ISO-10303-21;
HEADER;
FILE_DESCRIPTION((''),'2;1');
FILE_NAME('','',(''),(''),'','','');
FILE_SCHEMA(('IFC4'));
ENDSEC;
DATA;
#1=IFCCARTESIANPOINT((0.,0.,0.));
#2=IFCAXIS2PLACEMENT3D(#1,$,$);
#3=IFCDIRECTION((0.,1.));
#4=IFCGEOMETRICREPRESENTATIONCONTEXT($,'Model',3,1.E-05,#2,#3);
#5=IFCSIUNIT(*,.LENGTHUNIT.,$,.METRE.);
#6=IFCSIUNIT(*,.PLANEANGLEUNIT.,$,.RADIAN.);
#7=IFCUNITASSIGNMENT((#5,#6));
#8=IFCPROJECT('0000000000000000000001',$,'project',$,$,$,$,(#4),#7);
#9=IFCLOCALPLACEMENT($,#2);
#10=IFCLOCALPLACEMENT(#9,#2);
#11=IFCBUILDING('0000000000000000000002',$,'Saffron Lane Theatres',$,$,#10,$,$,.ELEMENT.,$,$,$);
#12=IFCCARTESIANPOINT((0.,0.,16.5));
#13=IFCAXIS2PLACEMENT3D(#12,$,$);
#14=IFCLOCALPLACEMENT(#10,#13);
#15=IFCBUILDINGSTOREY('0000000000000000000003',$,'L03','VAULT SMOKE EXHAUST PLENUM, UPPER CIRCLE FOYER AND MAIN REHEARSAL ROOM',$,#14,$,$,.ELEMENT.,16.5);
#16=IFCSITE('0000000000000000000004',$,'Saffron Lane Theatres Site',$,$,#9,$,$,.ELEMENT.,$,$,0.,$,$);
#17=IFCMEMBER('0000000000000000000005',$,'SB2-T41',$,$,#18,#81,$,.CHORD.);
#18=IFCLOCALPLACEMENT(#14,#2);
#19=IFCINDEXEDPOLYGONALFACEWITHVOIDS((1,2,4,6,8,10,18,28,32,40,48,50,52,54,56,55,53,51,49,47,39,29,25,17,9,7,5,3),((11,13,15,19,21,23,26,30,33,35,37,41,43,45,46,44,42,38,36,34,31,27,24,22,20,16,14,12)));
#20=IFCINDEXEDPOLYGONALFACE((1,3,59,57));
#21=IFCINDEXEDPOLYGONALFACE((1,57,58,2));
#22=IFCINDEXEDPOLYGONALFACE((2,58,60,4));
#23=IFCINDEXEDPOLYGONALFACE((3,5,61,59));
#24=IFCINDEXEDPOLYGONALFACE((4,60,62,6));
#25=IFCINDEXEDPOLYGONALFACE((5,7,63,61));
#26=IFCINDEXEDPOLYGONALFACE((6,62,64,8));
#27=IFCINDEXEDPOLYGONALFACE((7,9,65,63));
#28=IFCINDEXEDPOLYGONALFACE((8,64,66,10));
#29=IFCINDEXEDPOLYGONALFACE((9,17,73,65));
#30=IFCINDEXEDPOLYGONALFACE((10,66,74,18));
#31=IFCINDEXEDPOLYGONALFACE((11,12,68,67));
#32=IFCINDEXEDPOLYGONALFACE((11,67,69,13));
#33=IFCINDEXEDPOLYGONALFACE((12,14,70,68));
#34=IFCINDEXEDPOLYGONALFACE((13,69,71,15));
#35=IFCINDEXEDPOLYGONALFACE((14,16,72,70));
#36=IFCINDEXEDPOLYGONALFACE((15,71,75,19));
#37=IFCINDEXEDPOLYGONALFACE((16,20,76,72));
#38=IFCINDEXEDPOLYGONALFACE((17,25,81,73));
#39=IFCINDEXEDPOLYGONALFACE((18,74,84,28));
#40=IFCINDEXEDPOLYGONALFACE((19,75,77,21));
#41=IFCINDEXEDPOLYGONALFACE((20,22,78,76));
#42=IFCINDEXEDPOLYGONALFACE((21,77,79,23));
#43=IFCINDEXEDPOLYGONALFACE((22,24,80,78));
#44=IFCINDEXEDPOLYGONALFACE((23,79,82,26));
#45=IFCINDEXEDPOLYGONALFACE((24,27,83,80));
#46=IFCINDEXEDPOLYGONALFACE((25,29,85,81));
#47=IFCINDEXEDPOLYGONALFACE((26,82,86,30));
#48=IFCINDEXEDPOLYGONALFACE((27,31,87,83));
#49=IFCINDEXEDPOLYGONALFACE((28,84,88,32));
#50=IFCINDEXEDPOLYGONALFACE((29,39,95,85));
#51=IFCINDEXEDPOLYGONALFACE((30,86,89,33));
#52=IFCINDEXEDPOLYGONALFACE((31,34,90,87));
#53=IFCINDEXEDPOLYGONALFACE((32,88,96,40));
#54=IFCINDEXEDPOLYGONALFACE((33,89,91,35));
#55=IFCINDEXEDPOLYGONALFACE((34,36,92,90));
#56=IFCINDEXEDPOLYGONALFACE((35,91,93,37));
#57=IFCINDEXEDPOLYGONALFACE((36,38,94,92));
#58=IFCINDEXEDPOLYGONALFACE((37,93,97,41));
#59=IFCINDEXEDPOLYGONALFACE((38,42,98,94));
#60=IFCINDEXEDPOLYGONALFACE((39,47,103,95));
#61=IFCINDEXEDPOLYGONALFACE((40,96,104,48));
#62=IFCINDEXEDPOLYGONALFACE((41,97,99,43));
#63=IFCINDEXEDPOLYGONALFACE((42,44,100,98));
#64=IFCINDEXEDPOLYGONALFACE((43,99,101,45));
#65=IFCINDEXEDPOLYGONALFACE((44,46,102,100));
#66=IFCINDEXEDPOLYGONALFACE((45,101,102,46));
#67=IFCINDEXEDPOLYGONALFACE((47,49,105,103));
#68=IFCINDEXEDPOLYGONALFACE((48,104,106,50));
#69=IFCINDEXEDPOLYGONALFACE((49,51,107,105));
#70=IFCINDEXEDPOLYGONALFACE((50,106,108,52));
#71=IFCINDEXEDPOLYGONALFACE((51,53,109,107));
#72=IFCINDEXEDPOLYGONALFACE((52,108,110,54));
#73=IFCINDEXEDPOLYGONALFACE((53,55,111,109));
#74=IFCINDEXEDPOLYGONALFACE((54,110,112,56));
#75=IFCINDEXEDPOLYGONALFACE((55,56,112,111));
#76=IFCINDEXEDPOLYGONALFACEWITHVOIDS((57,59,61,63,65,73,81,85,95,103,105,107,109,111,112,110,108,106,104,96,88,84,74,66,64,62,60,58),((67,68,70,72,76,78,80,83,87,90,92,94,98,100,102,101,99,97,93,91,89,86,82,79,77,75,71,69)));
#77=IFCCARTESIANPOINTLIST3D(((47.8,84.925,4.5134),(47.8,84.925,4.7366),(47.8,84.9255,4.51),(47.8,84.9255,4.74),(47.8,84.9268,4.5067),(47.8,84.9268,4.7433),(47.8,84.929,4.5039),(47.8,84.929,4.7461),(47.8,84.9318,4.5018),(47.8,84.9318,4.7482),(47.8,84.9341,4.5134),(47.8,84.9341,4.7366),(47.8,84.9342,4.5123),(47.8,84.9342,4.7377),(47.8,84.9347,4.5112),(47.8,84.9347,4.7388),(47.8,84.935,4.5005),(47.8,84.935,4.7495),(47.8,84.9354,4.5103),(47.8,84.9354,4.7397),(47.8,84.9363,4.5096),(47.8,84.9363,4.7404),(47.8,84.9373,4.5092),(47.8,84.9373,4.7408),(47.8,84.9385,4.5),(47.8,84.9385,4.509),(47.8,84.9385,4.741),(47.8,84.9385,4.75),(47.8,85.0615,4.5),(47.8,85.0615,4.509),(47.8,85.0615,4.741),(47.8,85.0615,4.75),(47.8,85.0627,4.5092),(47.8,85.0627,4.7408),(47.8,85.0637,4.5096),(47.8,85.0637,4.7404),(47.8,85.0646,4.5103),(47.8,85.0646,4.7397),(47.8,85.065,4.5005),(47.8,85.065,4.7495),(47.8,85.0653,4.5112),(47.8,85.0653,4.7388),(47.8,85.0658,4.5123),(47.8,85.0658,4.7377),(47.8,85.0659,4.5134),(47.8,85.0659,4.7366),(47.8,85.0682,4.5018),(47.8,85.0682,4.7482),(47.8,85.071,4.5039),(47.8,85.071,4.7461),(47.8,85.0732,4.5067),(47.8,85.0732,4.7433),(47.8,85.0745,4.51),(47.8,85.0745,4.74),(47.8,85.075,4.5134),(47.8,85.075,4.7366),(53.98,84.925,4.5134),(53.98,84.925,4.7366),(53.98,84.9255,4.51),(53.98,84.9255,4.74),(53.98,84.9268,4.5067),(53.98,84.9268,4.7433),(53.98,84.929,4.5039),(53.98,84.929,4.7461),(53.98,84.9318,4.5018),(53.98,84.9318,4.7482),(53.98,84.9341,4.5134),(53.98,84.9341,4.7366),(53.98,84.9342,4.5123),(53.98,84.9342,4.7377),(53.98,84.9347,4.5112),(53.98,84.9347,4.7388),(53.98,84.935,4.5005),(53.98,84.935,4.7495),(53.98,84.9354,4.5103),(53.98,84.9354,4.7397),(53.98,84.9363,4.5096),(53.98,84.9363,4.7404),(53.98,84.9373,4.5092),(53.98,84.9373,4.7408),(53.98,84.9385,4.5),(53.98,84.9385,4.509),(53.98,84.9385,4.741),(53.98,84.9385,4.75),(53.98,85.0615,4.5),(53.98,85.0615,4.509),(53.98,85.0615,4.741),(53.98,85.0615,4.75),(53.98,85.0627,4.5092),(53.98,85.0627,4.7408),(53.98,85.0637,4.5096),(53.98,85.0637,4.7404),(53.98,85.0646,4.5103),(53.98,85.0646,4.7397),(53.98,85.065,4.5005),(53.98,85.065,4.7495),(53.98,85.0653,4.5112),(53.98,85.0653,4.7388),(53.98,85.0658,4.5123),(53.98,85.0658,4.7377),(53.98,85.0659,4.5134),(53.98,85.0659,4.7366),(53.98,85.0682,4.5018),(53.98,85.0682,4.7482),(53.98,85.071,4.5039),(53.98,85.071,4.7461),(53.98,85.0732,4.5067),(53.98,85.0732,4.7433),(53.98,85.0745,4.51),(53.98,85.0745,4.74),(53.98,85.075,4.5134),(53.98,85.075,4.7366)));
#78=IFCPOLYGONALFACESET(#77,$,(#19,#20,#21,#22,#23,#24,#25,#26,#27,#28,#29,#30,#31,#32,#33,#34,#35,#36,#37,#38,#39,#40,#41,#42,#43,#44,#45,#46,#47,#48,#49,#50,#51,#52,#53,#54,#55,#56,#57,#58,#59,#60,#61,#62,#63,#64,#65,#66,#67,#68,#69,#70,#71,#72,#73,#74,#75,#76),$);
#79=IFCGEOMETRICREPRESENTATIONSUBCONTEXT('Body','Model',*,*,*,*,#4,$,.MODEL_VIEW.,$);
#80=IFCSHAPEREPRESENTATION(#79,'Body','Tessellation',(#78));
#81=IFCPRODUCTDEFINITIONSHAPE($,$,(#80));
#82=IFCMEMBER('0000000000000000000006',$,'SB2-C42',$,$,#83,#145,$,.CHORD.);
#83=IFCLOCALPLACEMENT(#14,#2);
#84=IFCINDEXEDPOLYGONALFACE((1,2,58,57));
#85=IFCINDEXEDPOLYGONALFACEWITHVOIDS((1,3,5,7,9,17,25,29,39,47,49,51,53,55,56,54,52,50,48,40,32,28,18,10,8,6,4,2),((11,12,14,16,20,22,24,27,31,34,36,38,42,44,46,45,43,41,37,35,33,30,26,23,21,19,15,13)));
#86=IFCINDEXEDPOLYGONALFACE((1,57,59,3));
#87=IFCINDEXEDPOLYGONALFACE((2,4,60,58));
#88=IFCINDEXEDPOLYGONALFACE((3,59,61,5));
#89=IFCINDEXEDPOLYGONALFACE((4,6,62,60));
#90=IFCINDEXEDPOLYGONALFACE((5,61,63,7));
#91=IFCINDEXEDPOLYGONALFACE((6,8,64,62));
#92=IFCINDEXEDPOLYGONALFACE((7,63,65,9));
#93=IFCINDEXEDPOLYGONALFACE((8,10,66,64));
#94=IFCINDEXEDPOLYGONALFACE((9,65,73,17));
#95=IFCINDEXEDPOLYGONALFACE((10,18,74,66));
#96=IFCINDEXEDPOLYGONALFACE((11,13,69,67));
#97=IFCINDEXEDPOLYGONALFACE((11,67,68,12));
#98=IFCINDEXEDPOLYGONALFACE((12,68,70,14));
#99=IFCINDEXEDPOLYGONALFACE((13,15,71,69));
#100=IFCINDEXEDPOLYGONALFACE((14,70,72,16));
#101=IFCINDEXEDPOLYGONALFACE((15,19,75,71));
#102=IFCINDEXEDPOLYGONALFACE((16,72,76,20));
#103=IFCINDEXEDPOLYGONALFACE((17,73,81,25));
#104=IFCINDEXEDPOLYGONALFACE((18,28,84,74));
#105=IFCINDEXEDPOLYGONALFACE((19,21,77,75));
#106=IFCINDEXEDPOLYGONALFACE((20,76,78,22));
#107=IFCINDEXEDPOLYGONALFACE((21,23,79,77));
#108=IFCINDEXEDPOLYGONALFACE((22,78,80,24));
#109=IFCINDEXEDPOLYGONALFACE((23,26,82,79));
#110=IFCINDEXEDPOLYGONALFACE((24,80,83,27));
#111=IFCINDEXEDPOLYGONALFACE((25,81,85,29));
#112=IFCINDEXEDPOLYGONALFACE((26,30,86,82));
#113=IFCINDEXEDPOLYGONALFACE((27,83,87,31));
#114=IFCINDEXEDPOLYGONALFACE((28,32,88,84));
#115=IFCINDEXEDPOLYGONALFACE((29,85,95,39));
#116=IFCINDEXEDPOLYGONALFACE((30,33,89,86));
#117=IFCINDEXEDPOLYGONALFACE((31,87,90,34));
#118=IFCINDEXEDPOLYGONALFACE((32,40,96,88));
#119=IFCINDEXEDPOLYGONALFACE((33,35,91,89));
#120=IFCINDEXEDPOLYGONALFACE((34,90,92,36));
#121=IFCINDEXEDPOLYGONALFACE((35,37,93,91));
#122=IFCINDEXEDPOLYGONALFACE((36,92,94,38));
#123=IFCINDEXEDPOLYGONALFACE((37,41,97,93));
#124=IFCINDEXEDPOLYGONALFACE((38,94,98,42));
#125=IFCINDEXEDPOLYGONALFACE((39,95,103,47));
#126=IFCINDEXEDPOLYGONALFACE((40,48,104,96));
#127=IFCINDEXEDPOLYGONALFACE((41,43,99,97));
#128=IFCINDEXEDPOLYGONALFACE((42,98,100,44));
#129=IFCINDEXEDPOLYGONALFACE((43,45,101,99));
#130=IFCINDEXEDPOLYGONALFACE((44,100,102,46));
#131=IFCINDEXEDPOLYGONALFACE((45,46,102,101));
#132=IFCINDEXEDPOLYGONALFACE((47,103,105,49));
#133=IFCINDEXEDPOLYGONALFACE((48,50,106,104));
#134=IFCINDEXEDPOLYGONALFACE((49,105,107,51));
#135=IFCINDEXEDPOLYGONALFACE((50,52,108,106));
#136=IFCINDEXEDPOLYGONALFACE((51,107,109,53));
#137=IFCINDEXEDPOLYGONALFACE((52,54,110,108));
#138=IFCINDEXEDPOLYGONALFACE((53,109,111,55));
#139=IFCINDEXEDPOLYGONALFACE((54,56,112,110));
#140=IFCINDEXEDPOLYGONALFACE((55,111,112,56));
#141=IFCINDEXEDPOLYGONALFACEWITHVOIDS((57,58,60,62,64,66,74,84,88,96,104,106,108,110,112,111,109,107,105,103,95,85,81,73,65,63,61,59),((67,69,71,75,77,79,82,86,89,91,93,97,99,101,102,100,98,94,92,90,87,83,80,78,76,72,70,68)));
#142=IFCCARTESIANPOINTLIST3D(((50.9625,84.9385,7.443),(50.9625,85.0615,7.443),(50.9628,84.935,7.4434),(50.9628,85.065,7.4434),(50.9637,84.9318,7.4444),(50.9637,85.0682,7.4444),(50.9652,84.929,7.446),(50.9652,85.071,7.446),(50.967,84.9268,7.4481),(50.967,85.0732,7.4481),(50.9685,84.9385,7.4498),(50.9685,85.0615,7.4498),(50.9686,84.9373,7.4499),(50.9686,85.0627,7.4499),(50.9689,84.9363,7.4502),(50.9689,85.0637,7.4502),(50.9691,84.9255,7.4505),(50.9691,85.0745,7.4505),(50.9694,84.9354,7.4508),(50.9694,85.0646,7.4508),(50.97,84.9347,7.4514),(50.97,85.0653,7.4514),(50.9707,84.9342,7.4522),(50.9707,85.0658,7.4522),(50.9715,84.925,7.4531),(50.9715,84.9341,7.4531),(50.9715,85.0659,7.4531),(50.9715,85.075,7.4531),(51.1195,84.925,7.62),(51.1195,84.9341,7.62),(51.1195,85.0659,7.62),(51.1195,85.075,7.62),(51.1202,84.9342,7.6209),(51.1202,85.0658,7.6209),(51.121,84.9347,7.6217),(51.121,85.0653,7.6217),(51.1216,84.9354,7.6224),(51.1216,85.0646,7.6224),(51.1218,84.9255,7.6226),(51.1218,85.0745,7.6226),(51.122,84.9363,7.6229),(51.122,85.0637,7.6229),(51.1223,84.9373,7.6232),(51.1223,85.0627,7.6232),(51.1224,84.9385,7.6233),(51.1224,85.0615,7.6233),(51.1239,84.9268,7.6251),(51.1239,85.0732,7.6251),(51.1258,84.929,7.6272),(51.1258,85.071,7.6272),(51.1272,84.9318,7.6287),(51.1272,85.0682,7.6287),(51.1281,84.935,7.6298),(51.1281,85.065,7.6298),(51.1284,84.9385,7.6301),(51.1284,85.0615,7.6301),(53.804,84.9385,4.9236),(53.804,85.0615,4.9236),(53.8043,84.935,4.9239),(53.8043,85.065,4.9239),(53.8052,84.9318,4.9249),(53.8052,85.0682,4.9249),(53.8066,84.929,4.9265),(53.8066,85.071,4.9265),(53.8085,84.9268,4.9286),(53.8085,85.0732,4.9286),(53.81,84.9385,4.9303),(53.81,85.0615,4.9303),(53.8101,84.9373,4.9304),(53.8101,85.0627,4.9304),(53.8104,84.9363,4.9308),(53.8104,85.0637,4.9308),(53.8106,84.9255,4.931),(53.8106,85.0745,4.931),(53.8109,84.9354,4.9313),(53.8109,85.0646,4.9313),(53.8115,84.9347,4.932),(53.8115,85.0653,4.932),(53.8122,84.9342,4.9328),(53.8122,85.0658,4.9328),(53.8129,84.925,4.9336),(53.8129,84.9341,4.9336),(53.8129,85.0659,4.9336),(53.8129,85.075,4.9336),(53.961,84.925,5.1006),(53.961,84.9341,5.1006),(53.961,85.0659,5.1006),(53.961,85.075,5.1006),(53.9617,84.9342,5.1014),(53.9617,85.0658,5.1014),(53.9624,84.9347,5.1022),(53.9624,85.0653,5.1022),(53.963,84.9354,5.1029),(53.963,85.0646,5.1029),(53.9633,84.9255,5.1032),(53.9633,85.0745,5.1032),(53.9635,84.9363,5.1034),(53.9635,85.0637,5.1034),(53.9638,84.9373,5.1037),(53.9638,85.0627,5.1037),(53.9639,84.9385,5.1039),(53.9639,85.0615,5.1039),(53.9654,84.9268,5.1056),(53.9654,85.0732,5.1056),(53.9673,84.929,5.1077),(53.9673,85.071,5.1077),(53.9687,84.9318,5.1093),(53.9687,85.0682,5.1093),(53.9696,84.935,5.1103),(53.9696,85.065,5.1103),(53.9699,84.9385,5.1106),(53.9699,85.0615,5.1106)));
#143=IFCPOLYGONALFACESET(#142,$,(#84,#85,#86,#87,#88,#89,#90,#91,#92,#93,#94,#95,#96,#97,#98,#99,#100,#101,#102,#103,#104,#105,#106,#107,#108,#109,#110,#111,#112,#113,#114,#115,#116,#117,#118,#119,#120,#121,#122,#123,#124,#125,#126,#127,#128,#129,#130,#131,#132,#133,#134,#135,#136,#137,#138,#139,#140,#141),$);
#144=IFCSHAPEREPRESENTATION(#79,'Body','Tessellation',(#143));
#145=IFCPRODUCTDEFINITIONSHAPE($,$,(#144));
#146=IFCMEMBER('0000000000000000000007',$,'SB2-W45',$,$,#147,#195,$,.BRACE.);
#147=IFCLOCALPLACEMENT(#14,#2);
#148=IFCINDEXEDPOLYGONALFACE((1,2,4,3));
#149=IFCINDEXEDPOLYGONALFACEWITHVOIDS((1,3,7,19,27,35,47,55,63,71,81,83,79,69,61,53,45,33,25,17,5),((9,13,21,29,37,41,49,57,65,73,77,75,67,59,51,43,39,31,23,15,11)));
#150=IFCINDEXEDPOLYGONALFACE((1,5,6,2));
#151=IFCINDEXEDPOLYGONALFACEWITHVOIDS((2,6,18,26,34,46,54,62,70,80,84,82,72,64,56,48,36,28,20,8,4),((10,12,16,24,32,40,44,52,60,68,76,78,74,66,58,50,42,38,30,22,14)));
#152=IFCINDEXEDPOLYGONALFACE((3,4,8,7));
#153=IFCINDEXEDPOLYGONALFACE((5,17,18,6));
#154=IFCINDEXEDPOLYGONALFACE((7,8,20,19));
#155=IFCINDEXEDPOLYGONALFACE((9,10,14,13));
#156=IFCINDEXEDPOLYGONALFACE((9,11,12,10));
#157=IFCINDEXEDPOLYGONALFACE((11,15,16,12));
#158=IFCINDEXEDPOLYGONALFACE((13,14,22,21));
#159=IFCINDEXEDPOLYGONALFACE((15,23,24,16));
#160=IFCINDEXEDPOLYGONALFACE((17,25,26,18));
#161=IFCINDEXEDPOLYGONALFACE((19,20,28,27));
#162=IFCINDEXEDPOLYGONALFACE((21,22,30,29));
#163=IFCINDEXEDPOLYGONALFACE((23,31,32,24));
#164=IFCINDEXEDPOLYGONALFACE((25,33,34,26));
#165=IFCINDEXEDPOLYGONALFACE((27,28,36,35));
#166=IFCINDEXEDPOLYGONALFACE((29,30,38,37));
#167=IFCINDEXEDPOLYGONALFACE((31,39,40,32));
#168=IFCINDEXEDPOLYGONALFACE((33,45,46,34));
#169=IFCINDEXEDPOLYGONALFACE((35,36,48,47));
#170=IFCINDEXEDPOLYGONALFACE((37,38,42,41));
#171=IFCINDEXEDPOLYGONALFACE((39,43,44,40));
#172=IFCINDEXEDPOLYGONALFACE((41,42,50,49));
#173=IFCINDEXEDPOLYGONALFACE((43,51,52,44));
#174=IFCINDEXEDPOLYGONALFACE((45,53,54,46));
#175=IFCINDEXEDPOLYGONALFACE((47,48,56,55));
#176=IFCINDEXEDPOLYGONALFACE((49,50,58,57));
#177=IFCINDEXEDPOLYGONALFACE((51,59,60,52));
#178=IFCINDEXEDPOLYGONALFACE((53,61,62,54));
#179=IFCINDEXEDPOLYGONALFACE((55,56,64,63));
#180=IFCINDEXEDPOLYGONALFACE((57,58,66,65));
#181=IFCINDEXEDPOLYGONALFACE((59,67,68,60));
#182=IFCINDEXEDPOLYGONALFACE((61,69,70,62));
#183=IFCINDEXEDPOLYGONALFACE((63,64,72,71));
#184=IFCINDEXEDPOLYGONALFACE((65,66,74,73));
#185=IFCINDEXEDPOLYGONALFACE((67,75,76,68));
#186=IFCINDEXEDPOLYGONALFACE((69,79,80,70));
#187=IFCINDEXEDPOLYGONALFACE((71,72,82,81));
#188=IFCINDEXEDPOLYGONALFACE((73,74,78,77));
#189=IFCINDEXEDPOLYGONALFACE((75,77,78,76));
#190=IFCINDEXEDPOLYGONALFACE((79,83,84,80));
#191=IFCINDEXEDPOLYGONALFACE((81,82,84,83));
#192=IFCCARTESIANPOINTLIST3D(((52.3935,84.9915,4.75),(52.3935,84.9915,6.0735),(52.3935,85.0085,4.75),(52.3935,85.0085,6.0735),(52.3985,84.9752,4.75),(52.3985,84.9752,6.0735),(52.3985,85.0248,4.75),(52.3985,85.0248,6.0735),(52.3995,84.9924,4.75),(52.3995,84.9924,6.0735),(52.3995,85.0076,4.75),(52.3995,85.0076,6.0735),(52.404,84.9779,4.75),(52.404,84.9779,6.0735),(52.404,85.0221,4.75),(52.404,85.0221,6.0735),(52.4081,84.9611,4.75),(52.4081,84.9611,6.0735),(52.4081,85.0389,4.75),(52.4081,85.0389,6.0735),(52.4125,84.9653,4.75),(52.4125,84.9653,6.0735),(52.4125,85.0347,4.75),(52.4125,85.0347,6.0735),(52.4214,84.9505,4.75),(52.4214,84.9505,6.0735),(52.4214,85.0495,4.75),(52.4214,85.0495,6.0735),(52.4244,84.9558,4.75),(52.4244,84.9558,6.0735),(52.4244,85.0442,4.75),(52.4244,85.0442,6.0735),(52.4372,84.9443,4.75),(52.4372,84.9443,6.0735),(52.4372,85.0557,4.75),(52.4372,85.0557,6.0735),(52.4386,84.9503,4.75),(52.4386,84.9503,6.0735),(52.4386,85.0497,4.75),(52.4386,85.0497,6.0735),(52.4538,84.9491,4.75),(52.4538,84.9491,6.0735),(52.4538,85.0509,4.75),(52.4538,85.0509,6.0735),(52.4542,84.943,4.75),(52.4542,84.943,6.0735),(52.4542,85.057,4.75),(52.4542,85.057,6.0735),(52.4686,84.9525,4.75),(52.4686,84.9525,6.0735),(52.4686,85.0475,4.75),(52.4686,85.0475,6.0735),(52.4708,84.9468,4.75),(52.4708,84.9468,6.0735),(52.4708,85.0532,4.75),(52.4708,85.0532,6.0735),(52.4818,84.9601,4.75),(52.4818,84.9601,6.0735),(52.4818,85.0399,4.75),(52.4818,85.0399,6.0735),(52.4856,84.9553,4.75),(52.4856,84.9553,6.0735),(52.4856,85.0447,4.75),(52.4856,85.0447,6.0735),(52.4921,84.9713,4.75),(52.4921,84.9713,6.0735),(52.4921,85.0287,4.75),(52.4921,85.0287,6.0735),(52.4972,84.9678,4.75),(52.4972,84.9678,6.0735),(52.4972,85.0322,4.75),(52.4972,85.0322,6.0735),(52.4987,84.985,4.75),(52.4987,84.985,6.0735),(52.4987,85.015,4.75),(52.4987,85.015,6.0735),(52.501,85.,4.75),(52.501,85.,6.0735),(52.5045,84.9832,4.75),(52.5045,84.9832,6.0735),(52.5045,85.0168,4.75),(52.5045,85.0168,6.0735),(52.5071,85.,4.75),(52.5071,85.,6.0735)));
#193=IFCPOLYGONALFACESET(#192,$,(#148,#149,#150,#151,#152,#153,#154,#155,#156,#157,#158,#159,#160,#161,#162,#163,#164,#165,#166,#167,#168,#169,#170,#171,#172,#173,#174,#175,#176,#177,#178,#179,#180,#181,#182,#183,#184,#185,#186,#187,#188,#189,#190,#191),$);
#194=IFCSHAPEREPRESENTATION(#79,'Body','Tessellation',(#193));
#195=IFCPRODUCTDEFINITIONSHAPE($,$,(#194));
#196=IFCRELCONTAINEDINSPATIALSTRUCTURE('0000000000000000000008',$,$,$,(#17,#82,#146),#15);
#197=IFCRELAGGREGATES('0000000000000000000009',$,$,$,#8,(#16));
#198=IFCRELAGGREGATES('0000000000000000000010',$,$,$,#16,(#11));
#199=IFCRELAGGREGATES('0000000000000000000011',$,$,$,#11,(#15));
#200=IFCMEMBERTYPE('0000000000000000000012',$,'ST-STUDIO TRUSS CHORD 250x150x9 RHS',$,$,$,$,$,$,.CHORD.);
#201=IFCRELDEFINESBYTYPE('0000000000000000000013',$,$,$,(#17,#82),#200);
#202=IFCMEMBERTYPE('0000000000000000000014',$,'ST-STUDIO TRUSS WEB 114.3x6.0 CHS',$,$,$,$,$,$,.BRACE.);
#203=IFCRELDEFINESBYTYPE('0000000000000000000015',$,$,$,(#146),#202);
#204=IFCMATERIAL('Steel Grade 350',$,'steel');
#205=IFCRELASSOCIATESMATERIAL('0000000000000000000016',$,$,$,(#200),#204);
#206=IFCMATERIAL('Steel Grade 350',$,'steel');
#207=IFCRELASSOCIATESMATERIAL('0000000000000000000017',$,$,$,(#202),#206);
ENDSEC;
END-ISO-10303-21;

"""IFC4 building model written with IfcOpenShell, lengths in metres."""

from ifc_helpers import new_model, si_unit, direction, frame, origin, origin_2d, place, context, subcontext, project, spatial, hollow_rectangle, hollow_circle, extrude, material, material_profile, profile_set, type_object, element, save


model = new_model("IFC4")

# Units and contexts
model_context = context("Model", 3, precision=1e-05, world=origin(), true_north=direction((0.0, 1.0)))
body_context = subcontext(model_context, "Body", "Model", "MODEL_VIEW")
ifc_project = project(units=[si_unit("LENGTHUNIT", "METRE"), si_unit("PLANEANGLEUNIT", "RADIAN")], contexts=[model_context])

# Site, building, storey
site_placement = place(None, origin())
site = spatial("IfcSite", under=ifc_project, at=site_placement, Name="Saffron Lane Theatres Site", CompositionType="ELEMENT", RefElevation=0.0)
building_placement = place(site_placement, origin())
building = spatial("IfcBuilding", under=site, at=building_placement, Name="Saffron Lane Theatres", CompositionType="ELEMENT")
storey_placement = place(building_placement, frame((0.0, 0.0, 16.5)))
storey = spatial("IfcBuildingStorey", under=building, at=storey_placement, Name="L03", Description="VAULT SMOKE EXHAUST PLENUM, UPPER CIRCLE FOYER AND MAIN REHEARSAL ROOM", CompositionType="ELEMENT", Elevation=16.5)

# Members
ifc_material_1 = material(Name="Steel Grade 350", Category="steel")
ifc_material_profile_1 = material_profile(ifc_material_1, hollow_rectangle(XDim=0.1499, YDim=0.25, WallThickness=0.009, InnerFilletRadius=0.0044, OuterFilletRadius=0.0134, at=origin_2d()))
ifc_profile_set_1 = profile_set([ifc_material_profile_1], Name="Steel Grade 350")
member_type_1 = type_object("IfcMemberType", Name="ST-STUDIO TRUSS CHORD 250x150x9 RHS", PredefinedType="CHORD", material=ifc_profile_set_1)
member_1_placement = place(storey_placement, frame((53.98, 85.0, 4.625), z_axis=(-1.0, 0.0, 0.0), x_axis=(0.0, -1.0, 0.0)))
element("IfcMember", 1, at=member_1_placement, inside=storey, type_object=member_type_1, Name="SB2-T41", PredefinedType="CHORD", context=body_context, shape_type="SweptSolid", body=[
    extrude(hollow_rectangle(XDim=0.1499, YDim=0.25, WallThickness=0.009, InnerFilletRadius=0.0044, OuterFilletRadius=0.0134, at=origin_2d()), origin(), (0.0, 0.0, 1.0), 6.1799),
])
member_2_placement = place(storey_placement, frame((53.887, 85.0, 5.0171), z_axis=(-0.748232, 0.0, 0.663438), x_axis=(0.0, -1.0, 0.0)))
element("IfcMember", 2, at=member_2_placement, inside=storey, type_object=member_type_1, Name="SB2-C42", PredefinedType="CHORD", context=body_context, shape_type="SweptSolid", body=[
    extrude(hollow_rectangle(XDim=0.1499, YDim=0.25, WallThickness=0.009, InnerFilletRadius=0.0044, OuterFilletRadius=0.0134, at=origin_2d()), origin(), (0.0, 0.0, 1.0), 3.7976),
])
ifc_material_2 = material(Name="Steel Grade 350", Category="steel")
ifc_material_profile_2 = material_profile(ifc_material_2, hollow_circle(Radius=0.0571, WallThickness=0.0061, at=origin_2d()))
ifc_profile_set_2 = profile_set([ifc_material_profile_2], Name="Steel Grade 350")
member_type_2 = type_object("IfcMemberType", Name="ST-STUDIO TRUSS WEB 114.3x6.0 CHS", PredefinedType="BRACE", material=ifc_profile_set_2)
member_3_placement = place(storey_placement, frame((52.45, 85.0, 4.75), z_axis=(0.0, 0.0, 1.0), x_axis=(1.0, 0.0, 0.0)))
element("IfcMember", 3, at=member_3_placement, inside=storey, type_object=member_type_2, Name="SB2-W45", PredefinedType="BRACE", context=body_context, shape_type="SweptSolid", body=[
    extrude(hollow_circle(Radius=0.0571, WallThickness=0.0061, at=origin_2d()), origin(), (0.0, 0.0, 1.0), 1.3235),
])

save(model, "model.ifc")
